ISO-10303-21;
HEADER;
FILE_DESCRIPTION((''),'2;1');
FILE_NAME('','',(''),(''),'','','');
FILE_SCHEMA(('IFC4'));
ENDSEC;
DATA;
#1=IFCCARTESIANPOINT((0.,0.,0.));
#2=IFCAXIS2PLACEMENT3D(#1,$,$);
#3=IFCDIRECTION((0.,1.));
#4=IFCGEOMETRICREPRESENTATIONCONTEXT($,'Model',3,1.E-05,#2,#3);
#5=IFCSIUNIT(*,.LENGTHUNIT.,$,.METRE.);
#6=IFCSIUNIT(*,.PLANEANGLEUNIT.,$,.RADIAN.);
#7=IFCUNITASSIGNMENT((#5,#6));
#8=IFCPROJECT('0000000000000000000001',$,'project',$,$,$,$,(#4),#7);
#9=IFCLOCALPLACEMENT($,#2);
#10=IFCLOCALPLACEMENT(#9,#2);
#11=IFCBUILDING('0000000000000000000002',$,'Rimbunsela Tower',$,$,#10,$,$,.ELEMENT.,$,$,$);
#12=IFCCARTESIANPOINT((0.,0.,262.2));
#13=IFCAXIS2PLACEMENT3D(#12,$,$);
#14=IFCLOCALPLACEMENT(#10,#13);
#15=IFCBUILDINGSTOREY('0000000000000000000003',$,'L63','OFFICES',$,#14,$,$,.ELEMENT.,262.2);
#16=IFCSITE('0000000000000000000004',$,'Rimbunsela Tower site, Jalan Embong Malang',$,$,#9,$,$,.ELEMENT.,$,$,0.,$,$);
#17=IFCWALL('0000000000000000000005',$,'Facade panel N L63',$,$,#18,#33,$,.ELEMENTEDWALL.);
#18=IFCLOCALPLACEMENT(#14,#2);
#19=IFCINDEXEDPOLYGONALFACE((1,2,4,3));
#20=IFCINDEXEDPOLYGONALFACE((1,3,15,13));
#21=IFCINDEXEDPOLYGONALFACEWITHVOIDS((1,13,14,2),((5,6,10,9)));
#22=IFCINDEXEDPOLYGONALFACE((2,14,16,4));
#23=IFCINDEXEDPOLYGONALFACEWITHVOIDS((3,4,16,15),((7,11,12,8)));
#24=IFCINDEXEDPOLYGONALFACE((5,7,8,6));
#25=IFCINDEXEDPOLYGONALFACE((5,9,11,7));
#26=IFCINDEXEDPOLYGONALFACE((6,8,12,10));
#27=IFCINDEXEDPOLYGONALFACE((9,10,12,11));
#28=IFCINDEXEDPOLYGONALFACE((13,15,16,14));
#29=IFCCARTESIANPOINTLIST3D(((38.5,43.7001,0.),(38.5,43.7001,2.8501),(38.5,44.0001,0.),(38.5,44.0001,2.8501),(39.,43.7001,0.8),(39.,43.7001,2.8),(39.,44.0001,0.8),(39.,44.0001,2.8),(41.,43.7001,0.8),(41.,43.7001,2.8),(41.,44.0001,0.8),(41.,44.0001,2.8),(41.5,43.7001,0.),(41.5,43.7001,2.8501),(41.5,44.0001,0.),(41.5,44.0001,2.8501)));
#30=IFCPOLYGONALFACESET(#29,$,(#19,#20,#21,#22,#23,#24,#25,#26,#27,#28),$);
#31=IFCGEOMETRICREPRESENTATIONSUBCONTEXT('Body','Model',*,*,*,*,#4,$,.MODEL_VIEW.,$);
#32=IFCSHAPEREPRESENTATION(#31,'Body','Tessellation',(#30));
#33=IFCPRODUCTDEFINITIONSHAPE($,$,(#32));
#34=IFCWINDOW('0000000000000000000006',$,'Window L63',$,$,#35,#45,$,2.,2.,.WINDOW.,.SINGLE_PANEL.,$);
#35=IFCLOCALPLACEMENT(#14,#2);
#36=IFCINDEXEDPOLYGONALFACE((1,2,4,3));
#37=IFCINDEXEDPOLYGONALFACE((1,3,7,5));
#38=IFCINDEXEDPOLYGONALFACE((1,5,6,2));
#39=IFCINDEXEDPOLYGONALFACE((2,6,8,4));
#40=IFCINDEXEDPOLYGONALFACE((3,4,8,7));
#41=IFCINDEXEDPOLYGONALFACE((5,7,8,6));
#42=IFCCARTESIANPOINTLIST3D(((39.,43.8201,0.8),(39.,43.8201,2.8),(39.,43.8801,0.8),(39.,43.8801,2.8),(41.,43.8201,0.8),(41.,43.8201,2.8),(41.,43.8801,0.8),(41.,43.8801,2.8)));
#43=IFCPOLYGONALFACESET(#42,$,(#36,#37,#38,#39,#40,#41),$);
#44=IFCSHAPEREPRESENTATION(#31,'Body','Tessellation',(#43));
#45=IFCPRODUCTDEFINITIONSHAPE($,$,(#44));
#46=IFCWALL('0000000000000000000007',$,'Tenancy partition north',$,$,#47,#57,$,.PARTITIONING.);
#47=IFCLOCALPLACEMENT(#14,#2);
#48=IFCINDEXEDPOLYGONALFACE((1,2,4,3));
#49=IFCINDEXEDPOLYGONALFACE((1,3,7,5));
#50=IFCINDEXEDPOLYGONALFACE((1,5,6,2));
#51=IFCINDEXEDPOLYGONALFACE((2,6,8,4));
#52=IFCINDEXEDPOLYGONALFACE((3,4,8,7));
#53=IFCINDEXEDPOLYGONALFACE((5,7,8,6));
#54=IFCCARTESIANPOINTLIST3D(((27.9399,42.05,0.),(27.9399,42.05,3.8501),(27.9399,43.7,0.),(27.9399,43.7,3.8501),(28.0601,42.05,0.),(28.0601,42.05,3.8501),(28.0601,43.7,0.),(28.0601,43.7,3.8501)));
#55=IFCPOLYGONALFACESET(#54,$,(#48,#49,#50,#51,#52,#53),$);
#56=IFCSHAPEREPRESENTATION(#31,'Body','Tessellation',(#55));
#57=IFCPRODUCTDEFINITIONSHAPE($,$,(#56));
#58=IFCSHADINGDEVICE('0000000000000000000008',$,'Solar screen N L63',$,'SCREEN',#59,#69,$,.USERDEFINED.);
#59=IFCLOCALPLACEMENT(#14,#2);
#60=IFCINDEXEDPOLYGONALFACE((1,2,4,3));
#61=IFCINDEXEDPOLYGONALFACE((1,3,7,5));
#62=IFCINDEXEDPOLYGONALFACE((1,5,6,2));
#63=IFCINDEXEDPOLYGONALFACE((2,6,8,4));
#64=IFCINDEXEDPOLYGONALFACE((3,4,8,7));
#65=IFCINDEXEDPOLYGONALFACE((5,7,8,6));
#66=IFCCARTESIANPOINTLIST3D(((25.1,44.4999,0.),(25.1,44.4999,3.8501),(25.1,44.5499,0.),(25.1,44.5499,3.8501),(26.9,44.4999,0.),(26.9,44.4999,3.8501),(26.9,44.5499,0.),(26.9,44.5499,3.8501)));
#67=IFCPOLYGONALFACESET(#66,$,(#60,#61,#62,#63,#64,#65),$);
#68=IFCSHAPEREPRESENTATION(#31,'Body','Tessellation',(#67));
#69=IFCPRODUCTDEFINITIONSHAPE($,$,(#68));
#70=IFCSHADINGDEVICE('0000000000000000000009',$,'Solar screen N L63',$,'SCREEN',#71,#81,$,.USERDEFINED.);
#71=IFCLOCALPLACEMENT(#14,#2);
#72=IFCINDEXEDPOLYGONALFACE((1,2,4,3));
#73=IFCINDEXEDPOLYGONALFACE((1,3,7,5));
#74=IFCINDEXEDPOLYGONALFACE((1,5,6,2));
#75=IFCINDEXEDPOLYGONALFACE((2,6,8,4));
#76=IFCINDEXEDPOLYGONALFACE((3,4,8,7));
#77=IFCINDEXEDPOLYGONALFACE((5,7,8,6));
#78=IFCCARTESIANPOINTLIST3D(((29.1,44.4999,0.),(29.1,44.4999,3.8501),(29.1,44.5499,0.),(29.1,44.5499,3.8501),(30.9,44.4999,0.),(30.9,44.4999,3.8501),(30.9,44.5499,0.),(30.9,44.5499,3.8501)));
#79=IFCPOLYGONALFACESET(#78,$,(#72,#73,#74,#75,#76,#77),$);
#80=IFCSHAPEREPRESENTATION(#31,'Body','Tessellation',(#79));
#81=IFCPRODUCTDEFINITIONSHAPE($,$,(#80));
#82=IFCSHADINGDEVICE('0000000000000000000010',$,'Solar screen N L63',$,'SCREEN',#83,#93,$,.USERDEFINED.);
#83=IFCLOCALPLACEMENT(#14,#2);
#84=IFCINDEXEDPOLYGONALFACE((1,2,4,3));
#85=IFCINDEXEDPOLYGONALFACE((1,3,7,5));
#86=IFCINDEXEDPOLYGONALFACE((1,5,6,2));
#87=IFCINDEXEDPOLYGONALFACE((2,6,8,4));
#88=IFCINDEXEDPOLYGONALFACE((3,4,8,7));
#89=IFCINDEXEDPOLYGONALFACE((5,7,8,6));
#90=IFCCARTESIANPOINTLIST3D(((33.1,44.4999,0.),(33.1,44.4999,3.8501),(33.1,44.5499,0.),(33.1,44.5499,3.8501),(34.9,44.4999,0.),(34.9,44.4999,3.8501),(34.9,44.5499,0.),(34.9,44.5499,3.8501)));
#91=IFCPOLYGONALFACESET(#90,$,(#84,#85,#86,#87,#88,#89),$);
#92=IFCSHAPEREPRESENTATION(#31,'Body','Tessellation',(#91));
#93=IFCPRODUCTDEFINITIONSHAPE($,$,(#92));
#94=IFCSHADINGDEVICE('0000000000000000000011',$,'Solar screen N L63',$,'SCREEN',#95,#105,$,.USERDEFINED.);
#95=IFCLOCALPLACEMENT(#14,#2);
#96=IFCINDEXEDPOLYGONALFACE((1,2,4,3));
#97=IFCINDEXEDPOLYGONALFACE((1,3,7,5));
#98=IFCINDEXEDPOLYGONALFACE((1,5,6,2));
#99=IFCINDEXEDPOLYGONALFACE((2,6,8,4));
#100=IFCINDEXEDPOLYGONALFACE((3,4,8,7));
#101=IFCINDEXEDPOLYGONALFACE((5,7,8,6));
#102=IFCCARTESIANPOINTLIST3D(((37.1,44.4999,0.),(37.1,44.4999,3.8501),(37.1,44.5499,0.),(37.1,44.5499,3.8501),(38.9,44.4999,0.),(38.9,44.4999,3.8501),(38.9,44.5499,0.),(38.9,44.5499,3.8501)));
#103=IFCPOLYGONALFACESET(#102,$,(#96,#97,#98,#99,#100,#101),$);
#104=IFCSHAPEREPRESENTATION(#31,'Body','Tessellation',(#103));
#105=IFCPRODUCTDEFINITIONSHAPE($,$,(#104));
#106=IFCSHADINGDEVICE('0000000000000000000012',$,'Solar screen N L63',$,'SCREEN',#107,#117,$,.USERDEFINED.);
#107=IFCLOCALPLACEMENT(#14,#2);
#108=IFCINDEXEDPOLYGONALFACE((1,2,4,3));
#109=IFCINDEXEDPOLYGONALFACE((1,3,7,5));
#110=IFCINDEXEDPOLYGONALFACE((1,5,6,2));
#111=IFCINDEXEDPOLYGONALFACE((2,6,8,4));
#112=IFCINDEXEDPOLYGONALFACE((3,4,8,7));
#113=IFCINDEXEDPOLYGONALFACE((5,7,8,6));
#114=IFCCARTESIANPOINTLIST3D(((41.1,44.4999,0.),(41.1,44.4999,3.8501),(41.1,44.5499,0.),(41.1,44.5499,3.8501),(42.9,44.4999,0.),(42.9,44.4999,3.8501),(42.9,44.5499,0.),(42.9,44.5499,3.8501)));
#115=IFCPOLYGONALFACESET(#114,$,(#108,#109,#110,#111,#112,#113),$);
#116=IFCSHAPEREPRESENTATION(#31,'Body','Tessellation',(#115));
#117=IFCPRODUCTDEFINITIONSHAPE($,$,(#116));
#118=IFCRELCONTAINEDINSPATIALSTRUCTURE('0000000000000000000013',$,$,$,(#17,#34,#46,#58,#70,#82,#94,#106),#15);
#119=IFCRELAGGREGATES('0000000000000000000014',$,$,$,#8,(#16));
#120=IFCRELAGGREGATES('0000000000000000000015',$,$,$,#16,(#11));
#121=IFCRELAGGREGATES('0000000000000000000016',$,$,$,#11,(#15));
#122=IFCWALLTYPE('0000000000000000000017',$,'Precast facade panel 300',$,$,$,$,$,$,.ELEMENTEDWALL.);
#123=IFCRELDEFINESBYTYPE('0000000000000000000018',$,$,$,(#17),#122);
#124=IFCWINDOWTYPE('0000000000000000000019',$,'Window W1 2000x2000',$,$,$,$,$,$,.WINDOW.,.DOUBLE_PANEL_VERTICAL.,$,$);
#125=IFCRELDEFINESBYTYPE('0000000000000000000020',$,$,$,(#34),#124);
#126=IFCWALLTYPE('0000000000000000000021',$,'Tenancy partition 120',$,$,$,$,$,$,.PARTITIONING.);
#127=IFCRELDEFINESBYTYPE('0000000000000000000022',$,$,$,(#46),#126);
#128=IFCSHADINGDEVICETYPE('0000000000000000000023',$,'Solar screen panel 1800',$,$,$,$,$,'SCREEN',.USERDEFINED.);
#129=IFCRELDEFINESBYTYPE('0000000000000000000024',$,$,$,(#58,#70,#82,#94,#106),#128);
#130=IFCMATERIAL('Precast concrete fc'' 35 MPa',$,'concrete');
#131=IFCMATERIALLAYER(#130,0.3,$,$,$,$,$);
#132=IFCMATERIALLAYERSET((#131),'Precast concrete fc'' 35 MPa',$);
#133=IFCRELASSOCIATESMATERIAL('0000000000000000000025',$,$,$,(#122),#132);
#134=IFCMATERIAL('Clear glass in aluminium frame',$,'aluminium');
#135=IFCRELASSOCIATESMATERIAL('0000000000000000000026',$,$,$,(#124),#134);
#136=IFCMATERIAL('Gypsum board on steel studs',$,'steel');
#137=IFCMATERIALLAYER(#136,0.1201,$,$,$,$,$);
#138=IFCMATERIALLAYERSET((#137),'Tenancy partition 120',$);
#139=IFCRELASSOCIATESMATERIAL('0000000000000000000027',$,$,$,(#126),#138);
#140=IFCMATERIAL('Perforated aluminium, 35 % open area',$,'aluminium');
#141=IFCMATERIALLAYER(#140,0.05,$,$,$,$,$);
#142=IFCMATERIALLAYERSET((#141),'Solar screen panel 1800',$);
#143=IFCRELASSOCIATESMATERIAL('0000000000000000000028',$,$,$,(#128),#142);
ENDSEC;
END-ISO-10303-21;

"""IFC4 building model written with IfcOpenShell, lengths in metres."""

from ifc_helpers import new_model, si_unit, direction, frame, frame_2d, origin, origin_2d, place, context, subcontext, project, spatial, rectangle, extrude, material, layer, layer_set, type_object, element, fill, save


model = new_model("IFC4")

# Units and contexts
model_context = context("Model", 3, precision=1e-05, world=origin(), true_north=direction((0.0, 1.0)))
body_context = subcontext(model_context, "Body", "Model", "MODEL_VIEW")
ifc_project = project(units=[si_unit("LENGTHUNIT", "METRE"), si_unit("PLANEANGLEUNIT", "RADIAN")], contexts=[model_context])

# Site, building, storey
site_placement = place(None, origin())
site = spatial("IfcSite", under=ifc_project, at=site_placement, Name="Rimbunsela Tower site, Jalan Embong Malang", CompositionType="ELEMENT", RefElevation=0.0)
building_placement = place(site_placement, origin())
building = spatial("IfcBuilding", under=site, at=building_placement, Name="Rimbunsela Tower", CompositionType="ELEMENT")
storey_placement = place(building_placement, frame((0.0, 0.0, 262.2)))
storey = spatial("IfcBuildingStorey", under=building, at=storey_placement, Name="L63", Description="OFFICES", CompositionType="ELEMENT", Elevation=262.2)

# Shared definitions
ifc_material_1 = material(Name="Precast concrete fc' 35 MPa", Category="concrete")
ifc_layer_1 = layer(ifc_material_1, 0.3)
ifc_layer_set_1 = layer_set([ifc_layer_1], Name="Precast concrete fc' 35 MPa")
wall_type_1 = type_object("IfcWallType", Name="Precast facade panel 300", PredefinedType="ELEMENTEDWALL", material=ifc_layer_set_1)
ifc_material_2 = material(Name="Clear glass in aluminium frame", Category="aluminium")
window_type_1 = type_object("IfcWindowType", Name="Window W1 2000x2000", PartitioningType="DOUBLE_PANEL_VERTICAL", PredefinedType="WINDOW", material=ifc_material_2)

# Wall, opening, window
wall_1_placement = place(storey_placement, frame((41.5, 43.8501, 0.0), z_axis=(0.0, 0.0, 1.0), x_axis=(-1.0, 0.0, 0.0)))
wall_1 = element("IfcWall", 1, at=wall_1_placement, inside=storey, type_object=wall_type_1, Name="Facade panel N L63", PredefinedType="ELEMENTEDWALL", context=body_context, shape_type="SweptSolid", body=[
    extrude(rectangle(XDim=3.0, YDim=0.3, at=frame_2d((1.5, 0.0))), origin(), (0.0, 0.0, 1.0), 2.8501),
])
opening_1_placement = place(wall_1_placement, frame((0.5, 0.0, 0.8)))
opening_1 = element("IfcOpeningElement", 2, at=opening_1_placement, cuts=wall_1, PredefinedType="OPENING", context=body_context, shape_type="SweptSolid", body=[
    extrude(rectangle(XDim=2.0, YDim=2.0, at=frame_2d((1.0, 1.0))), frame((0.0, 0.1599, 0.0), z_axis=(0.0, -1.0, 0.0), x_axis=(1.0, 0.0, 0.0)), (0.0, 0.0, 1.0), 0.3201),
])
window_1_placement = place(opening_1_placement, origin())
window_1 = element("IfcWindow", 3, at=window_1_placement, inside=storey, type_object=window_type_1, Name="Window L63", OverallHeight=2.0, OverallWidth=2.0, PartitioningType="SINGLE_PANEL", PredefinedType="WINDOW", context=body_context, shape_type="SweptSolid", body=[
    extrude(rectangle(XDim=2.0, YDim=2.0, at=frame_2d((1.0, 1.0))), frame((0.0, 0.03, 0.0), z_axis=(0.0, -1.0, 0.0), x_axis=(1.0, 0.0, 0.0)), (0.0, 0.0, 1.0), 0.0601),
])
fill(opening_1, window_1)

# Wall
ifc_material_3 = material(Name="Gypsum board on steel studs", Category="steel")
ifc_layer_2 = layer(ifc_material_3, 0.1201)
ifc_layer_set_2 = layer_set([ifc_layer_2], Name="Tenancy partition 120")
wall_type_2 = type_object("IfcWallType", Name="Tenancy partition 120", PredefinedType="PARTITIONING", material=ifc_layer_set_2)
wall_2_placement = place(storey_placement, frame((28.0, 42.05, 0.0), z_axis=(0.0, 0.0, 1.0), x_axis=(0.0, 1.0, 0.0)))
element("IfcWall", 4, at=wall_2_placement, inside=storey, type_object=wall_type_2, Name="Tenancy partition north", PredefinedType="PARTITIONING", context=body_context, shape_type="SweptSolid", body=[
    extrude(rectangle(XDim=1.6499, YDim=0.1201, at=frame_2d((0.825, 0.0))), origin(), (0.0, 0.0, 1.0), 3.8501),
])

# Shading devices
ifc_material_4 = material(Name="Perforated aluminium, 35 % open area", Category="aluminium")
ifc_layer_3 = layer(ifc_material_4, 0.05)
ifc_layer_set_3 = layer_set([ifc_layer_3], Name="Solar screen panel 1800")
shading_device_type = type_object("IfcShadingDeviceType", Name="Solar screen panel 1800", ElementType="SCREEN", PredefinedType="USERDEFINED", material=ifc_layer_set_3)
for number, where, z_axis, x_axis, name in (
    (5, (26.0, 44.5249, 0.0), (0.0, 0.0, 1.0), (1.0, 0.0, 0.0), "Solar screen N L63"),
    (6, (30.0, 44.5249, 0.0), (0.0, 0.0, 1.0), (1.0, 0.0, 0.0), "Solar screen N L63"),
    (7, (34.0, 44.5249, 0.0), (0.0, 0.0, 1.0), (1.0, 0.0, 0.0), "Solar screen N L63"),
    (8, (38.0, 44.5249, 0.0), (0.0, 0.0, 1.0), (1.0, 0.0, 0.0), "Solar screen N L63"),
    (9, (42.0, 44.5249, 0.0), (0.0, 0.0, 1.0), (1.0, 0.0, 0.0), "Solar screen N L63"),
):
    element("IfcShadingDevice", number, at=place(storey_placement, frame(where, z_axis=z_axis, x_axis=x_axis)), inside=storey, type_object=shading_device_type, Name=name, ObjectType="SCREEN", PredefinedType="USERDEFINED", context=body_context, shape_type="SweptSolid", body=[
        extrude(rectangle(XDim=1.8, YDim=0.05, at=origin_2d()), origin(), (0.0, 0.0, 1.0), 3.8501),
    ])

save(model, "model.ifc")
